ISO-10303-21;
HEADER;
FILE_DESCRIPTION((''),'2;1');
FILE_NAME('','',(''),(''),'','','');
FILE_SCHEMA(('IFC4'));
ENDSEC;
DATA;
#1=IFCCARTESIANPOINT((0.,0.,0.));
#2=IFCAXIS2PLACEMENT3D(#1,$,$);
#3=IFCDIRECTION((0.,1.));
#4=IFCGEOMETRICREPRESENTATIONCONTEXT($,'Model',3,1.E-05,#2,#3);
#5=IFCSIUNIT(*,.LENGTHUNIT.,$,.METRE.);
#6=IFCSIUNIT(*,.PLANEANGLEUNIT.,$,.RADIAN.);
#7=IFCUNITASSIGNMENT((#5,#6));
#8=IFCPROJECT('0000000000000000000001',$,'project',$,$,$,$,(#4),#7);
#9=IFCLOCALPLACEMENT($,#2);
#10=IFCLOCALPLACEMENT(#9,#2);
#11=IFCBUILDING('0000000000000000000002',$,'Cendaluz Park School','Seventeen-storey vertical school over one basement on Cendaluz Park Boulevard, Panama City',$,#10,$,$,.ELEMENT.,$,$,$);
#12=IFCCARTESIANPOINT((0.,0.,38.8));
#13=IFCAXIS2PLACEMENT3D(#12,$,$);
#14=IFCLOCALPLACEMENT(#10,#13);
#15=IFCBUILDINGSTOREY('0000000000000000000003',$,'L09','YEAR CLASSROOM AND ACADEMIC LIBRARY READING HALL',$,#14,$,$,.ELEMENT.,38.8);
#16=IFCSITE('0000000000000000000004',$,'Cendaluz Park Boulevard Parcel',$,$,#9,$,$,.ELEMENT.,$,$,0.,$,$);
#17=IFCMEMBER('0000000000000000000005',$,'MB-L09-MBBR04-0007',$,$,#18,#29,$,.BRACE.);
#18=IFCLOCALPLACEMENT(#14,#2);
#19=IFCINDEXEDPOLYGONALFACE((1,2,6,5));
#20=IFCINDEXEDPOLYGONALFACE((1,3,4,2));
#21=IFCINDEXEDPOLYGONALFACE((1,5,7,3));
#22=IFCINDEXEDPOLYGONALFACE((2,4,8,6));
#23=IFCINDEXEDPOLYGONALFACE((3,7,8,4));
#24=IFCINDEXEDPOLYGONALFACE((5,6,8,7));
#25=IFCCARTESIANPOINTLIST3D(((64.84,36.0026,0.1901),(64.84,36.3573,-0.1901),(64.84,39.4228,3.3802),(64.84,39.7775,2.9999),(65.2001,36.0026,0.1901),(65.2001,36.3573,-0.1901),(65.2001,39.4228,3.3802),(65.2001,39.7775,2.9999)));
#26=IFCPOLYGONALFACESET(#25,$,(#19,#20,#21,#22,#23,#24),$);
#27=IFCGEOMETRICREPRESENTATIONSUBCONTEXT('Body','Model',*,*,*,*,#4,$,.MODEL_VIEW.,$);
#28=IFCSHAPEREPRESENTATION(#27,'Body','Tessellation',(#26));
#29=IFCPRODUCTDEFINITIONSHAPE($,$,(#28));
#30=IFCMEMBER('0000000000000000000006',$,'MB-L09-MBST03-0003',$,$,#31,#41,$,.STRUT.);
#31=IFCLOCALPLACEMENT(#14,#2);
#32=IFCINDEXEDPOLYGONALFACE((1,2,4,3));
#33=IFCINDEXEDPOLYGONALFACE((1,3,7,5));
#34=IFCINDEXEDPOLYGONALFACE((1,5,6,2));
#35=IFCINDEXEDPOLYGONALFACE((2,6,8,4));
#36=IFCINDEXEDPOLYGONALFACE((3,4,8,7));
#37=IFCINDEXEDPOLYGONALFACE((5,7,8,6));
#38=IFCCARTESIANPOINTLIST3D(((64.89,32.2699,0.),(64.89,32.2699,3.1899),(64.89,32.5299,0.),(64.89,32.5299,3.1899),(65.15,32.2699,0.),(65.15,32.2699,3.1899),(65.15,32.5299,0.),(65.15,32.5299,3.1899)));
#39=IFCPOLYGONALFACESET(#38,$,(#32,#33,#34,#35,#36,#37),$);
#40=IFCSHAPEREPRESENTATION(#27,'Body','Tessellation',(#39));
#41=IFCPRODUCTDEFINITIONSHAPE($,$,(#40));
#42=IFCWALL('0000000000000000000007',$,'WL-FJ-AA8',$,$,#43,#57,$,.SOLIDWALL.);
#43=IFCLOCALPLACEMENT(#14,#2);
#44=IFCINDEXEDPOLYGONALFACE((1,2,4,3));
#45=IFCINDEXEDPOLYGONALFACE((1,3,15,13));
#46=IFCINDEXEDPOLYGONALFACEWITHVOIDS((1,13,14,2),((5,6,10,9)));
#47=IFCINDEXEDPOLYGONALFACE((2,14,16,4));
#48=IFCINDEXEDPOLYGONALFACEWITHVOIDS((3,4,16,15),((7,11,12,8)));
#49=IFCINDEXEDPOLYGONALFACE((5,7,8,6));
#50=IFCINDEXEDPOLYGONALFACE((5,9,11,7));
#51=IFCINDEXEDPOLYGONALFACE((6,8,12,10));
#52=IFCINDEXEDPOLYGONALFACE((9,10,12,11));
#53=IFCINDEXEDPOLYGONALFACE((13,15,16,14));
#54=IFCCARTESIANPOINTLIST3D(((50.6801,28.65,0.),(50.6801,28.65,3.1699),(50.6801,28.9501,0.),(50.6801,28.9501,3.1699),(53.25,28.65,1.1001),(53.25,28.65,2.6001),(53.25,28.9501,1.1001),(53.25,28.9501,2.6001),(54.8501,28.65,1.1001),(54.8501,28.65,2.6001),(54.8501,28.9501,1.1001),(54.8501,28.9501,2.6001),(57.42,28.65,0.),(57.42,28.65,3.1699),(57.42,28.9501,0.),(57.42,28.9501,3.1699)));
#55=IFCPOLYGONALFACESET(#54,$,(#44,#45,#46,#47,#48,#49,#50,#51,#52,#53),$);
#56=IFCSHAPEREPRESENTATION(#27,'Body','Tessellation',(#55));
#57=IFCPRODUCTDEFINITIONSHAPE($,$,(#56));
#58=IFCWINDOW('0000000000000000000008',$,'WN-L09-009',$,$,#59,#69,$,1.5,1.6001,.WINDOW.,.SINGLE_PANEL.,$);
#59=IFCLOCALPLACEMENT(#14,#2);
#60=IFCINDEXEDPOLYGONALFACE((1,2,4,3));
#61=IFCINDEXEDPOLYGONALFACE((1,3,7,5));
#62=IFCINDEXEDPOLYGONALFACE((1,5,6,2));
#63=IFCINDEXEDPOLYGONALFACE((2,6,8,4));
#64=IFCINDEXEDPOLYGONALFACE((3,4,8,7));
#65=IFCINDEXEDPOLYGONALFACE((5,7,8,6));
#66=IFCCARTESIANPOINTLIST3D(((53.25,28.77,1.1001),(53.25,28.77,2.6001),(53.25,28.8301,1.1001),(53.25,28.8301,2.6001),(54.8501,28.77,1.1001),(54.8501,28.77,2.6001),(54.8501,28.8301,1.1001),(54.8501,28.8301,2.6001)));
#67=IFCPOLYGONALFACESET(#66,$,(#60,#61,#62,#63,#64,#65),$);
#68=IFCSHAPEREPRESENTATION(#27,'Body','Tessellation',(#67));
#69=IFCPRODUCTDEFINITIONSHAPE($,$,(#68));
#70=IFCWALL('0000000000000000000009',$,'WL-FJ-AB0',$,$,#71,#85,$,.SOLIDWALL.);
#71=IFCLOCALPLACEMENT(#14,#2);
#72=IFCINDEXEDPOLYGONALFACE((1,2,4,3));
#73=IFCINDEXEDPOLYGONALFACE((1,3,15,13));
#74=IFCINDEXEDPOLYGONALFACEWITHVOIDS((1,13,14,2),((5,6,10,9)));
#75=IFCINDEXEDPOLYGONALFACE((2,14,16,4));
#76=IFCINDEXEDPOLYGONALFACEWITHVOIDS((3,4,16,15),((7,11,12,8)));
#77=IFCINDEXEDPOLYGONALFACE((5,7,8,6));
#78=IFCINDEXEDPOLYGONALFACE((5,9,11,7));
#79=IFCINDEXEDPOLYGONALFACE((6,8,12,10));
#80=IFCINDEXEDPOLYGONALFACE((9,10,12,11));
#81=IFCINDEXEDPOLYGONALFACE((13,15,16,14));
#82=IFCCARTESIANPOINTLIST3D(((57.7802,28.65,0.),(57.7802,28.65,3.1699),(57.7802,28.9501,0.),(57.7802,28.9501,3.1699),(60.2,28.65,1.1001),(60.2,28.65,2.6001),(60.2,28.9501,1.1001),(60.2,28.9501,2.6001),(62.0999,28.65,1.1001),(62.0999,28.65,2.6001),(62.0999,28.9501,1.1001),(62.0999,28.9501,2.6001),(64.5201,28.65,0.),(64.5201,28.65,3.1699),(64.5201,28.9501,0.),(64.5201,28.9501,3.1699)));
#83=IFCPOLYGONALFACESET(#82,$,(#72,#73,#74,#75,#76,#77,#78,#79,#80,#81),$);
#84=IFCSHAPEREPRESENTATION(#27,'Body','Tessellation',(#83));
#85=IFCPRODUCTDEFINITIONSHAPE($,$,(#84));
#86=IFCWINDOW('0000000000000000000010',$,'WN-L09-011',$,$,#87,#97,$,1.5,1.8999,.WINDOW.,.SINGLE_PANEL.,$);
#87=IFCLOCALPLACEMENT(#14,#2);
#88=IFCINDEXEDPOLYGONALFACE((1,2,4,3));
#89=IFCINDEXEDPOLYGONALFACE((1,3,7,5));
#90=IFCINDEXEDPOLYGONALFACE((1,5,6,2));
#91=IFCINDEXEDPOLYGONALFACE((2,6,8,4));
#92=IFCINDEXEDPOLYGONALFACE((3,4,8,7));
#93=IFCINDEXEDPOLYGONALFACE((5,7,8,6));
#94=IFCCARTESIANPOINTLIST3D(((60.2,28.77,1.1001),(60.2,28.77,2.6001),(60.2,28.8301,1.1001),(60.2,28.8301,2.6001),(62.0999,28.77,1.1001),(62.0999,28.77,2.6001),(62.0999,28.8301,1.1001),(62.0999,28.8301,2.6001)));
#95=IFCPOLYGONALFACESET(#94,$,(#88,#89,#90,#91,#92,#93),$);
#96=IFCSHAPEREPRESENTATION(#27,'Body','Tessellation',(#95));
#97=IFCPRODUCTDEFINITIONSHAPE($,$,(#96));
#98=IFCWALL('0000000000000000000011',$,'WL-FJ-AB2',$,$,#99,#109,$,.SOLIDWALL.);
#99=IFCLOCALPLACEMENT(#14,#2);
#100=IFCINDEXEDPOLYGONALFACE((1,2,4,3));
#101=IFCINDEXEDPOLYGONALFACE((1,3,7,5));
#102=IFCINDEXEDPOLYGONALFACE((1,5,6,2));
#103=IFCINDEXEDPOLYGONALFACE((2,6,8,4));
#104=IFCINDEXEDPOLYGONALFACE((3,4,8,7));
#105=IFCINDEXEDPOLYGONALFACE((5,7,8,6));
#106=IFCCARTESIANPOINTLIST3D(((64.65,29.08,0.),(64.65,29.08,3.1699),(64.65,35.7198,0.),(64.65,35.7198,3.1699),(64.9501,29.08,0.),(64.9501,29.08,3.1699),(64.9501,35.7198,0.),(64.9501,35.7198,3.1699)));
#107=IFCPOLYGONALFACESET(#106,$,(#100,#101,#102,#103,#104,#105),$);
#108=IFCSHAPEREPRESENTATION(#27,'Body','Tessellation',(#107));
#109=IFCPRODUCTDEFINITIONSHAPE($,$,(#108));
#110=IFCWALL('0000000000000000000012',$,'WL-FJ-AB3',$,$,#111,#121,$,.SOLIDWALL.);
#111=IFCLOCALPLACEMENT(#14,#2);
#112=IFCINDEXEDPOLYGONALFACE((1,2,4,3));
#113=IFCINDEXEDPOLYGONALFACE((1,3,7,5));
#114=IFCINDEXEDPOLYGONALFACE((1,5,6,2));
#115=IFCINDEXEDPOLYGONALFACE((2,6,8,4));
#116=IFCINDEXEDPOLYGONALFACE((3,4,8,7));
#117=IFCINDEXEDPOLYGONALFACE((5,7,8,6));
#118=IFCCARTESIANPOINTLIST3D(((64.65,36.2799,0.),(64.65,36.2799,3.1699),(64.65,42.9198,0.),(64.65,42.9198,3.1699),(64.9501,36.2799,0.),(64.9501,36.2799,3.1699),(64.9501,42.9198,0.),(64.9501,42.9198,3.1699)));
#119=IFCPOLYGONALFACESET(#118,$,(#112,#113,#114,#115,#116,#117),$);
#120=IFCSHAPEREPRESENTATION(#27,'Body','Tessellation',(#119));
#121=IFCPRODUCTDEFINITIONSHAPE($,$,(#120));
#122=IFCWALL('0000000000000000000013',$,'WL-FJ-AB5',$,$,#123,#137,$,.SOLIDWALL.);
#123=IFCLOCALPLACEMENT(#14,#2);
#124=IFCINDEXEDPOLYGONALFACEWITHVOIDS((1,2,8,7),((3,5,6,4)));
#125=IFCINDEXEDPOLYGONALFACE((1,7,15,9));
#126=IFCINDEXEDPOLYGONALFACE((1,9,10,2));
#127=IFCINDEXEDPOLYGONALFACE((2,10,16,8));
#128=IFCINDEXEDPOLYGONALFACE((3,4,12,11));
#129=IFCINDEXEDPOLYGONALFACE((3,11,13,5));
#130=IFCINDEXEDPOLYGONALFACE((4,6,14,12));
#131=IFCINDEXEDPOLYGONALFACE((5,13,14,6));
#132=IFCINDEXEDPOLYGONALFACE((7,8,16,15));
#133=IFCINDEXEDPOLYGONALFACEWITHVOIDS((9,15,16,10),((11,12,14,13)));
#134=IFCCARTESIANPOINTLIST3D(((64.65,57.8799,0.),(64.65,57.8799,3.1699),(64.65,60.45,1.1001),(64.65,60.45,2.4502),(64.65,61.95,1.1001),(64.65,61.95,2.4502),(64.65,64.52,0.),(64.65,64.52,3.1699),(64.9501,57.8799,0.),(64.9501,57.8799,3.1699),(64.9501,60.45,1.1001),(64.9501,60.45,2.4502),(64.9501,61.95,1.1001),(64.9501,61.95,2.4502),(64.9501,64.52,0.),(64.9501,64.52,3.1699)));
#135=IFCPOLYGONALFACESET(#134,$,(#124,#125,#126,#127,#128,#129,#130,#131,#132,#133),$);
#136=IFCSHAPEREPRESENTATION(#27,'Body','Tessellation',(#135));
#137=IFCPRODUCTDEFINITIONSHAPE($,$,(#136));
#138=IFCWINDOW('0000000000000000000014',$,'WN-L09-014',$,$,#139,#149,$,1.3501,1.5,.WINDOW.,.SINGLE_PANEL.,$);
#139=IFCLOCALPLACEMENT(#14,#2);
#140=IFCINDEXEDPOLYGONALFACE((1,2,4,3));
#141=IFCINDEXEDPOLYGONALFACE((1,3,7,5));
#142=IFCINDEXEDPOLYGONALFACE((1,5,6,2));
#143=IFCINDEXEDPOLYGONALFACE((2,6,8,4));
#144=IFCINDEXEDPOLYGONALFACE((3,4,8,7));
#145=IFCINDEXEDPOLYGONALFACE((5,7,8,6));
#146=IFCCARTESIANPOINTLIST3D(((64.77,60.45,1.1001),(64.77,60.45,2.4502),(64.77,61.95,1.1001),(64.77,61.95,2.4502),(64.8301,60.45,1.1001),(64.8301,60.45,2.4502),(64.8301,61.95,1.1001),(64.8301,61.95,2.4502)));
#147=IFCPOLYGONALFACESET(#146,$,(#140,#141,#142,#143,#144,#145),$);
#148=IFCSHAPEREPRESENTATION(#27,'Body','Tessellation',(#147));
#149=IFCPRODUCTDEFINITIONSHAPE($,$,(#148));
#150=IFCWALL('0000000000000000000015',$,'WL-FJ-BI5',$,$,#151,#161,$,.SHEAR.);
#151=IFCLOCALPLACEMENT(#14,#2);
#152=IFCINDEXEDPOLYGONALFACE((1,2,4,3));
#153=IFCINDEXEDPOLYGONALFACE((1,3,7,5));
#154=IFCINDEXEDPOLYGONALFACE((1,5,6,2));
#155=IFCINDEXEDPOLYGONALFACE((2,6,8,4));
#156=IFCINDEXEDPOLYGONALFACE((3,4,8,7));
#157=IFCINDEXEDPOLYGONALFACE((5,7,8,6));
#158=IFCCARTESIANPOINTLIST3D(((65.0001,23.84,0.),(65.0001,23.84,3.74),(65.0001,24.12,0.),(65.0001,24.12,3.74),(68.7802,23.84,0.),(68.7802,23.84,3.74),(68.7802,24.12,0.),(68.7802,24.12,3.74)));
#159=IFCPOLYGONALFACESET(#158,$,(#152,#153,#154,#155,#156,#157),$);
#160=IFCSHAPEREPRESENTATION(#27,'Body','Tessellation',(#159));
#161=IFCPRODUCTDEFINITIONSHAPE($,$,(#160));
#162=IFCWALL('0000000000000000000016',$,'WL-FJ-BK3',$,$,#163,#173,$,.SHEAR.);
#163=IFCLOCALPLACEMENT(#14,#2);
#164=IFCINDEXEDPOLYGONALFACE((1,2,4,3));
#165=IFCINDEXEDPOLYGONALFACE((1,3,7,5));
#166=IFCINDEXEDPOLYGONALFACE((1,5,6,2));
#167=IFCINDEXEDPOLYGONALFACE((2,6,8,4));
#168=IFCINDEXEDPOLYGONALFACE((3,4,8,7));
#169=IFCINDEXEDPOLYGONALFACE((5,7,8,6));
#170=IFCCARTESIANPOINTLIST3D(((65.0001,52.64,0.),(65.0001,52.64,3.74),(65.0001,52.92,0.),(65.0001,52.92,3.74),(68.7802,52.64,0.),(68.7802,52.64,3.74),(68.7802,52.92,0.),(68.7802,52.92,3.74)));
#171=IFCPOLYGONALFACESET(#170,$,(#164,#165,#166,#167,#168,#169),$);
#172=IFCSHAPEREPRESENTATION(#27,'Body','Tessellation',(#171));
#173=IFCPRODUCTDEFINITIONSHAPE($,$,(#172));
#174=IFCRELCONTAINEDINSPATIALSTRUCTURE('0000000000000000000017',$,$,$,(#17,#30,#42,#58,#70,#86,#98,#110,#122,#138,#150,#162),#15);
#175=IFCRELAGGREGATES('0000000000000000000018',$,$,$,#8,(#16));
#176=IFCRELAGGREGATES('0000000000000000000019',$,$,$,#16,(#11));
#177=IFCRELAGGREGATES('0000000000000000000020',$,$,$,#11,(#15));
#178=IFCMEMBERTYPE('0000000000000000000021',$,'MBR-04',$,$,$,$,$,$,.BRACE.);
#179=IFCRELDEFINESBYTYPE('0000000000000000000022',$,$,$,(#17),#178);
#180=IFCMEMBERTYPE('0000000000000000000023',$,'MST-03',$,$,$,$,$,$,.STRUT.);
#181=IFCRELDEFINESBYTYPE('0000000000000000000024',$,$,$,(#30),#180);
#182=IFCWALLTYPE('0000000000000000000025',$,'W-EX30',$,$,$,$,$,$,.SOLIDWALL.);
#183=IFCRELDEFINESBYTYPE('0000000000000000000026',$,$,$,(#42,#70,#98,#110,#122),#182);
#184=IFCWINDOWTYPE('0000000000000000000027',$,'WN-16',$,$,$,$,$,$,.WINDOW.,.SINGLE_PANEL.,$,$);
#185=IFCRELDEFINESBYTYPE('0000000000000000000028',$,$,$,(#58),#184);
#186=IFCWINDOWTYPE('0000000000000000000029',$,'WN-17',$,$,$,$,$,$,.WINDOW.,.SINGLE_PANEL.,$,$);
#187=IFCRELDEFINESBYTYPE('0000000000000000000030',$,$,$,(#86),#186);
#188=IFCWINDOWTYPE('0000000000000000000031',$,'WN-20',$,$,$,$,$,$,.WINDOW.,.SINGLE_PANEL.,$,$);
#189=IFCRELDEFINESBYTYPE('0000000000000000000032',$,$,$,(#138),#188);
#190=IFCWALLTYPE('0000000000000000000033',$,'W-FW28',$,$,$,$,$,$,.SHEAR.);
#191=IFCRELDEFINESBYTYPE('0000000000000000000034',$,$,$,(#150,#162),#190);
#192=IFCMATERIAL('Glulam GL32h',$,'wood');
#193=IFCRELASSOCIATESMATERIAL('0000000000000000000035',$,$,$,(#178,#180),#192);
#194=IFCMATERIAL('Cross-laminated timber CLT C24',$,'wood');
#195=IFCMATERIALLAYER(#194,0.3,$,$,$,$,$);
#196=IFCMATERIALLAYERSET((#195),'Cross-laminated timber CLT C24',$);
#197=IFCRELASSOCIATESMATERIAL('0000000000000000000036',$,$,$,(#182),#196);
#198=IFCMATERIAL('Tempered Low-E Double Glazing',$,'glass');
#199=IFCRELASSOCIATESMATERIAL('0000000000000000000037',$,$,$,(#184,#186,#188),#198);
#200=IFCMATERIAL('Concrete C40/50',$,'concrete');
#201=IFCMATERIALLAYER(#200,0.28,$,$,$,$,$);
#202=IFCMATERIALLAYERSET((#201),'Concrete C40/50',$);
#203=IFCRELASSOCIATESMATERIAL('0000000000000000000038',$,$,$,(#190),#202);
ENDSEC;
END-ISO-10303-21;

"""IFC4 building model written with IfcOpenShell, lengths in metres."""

from ifc_helpers import new_model, si_unit, direction, frame, frame_2d, origin, origin_2d, place, context, subcontext, project, spatial, rectangle, extrude, material, layer, layer_set, material_profile, profile_set, type_object, element, fill, save


model = new_model("IFC4")

# Units and contexts
model_context = context("Model", 3, precision=1e-05, world=origin(), true_north=direction((0.0, 1.0)))
body_context = subcontext(model_context, "Body", "Model", "MODEL_VIEW")
ifc_project = project(units=[si_unit("LENGTHUNIT", "METRE"), si_unit("PLANEANGLEUNIT", "RADIAN")], contexts=[model_context])

# Site, building, storey
site_placement = place(None, origin())
site = spatial("IfcSite", under=ifc_project, at=site_placement, Name="Cendaluz Park Boulevard Parcel", CompositionType="ELEMENT", RefElevation=0.0)
building_placement = place(site_placement, origin())
building = spatial("IfcBuilding", under=site, at=building_placement, Name="Cendaluz Park School", Description="Seventeen-storey vertical school over one basement on Cendaluz Park Boulevard, Panama City", CompositionType="ELEMENT")
storey_placement = place(building_placement, frame((0.0, 0.0, 38.8)))
storey = spatial("IfcBuildingStorey", under=building, at=storey_placement, Name="L09", Description="YEAR CLASSROOM AND ACADEMIC LIBRARY READING HALL", CompositionType="ELEMENT", Elevation=38.8)

# Shared definitions
ifc_material_1 = material(Name="Glulam GL32h", Category="wood")

# Members
ifc_material_profile_1 = material_profile(ifc_material_1, rectangle(XDim=0.3601, YDim=0.52, at=origin_2d()), Name="GL32h 360x520", Category="wood")
ifc_profile_set_1 = profile_set([ifc_material_profile_1], Name="Glulam GL32h")
member_type_1 = type_object("IfcMemberType", Name="MBR-04", PredefinedType="BRACE", material=ifc_profile_set_1)
member_1_placement = place(storey_placement, frame((65.02, 36.1799, 0.0), z_axis=(0.0, 0.731291, 0.682065), x_axis=(-1.0, 0.0, 0.0)))
element("IfcMember", 1, at=member_1_placement, inside=storey, type_object=member_type_1, Name="MB-L09-MBBR04-0007", PredefinedType="BRACE", context=body_context, shape_type="SweptSolid", body=[
    extrude(rectangle(XDim=0.3601, YDim=0.52, at=origin_2d()), origin(), (0.0, 0.0, 1.0), 4.677),
])
ifc_material_profile_2 = material_profile(ifc_material_1, rectangle(XDim=0.26, YDim=0.26, at=origin_2d()), Name="GL32h 260x260", Category="wood")
ifc_profile_set_2 = profile_set([ifc_material_profile_2], Name="Glulam GL32h")
member_type_2 = type_object("IfcMemberType", Name="MST-03", PredefinedType="STRUT", material=ifc_profile_set_2)
member_2_placement = place(storey_placement, frame((65.02, 32.3999, 0.0), z_axis=(0.0, 0.0, 1.0), x_axis=(1.0, 0.0, 0.0)))
element("IfcMember", 2, at=member_2_placement, inside=storey, type_object=member_type_2, Name="MB-L09-MBST03-0003", PredefinedType="STRUT", context=body_context, shape_type="SweptSolid", body=[
    extrude(rectangle(XDim=0.26, YDim=0.26, at=origin_2d()), origin(), (0.0, 0.0, 1.0), 3.1899),
])

# Walls, openings, windows
ifc_material_2 = material(Name="Cross-laminated timber CLT C24", Category="wood")
ifc_layer_1 = layer(ifc_material_2, 0.3)
ifc_layer_set_1 = layer_set([ifc_layer_1], Name="Cross-laminated timber CLT C24")
wall_type_1 = type_object("IfcWallType", Name="W-EX30", PredefinedType="SOLIDWALL", material=ifc_layer_set_1)
wall_1_placement = place(storey_placement, frame((50.6799, 28.8, 0.0), z_axis=(0.0, 0.0, 1.0), x_axis=(1.0, 0.0, 0.0)))
wall_1 = element("IfcWall", 3, at=wall_1_placement, inside=storey, type_object=wall_type_1, Name="WL-FJ-AA8", PredefinedType="SOLIDWALL", context=body_context, shape_type="SweptSolid", body=[
    extrude(rectangle(XDim=6.74, YDim=0.3, at=frame_2d((3.3701, 0.0))), origin(), (0.0, 0.0, 1.0), 3.1699),
])
opening_1_placement = place(wall_1_placement, frame((2.5701, 0.0, 1.1001)))
opening_1 = element("IfcOpeningElement", 4, at=opening_1_placement, cuts=wall_1, PredefinedType="OPENING", context=body_context, shape_type="SweptSolid", body=[
    extrude(rectangle(XDim=1.6001, YDim=1.5, at=frame_2d((0.8, 0.75))), frame((0.0, 0.1621, 0.0), z_axis=(0.0, -1.0, 0.0), x_axis=(1.0, 0.0, 0.0)), (0.0, 0.0, 1.0), 0.324),
])
ifc_material_3 = material(Name="Tempered Low-E Double Glazing", Category="glass")
window_type_1 = type_object("IfcWindowType", Name="WN-16", PartitioningType="SINGLE_PANEL", PredefinedType="WINDOW", material=ifc_material_3)
window_1_placement = place(opening_1_placement, origin())
window_1 = element("IfcWindow", 5, at=window_1_placement, inside=storey, type_object=window_type_1, Name="WN-L09-009", OverallHeight=1.5, OverallWidth=1.6001, PartitioningType="SINGLE_PANEL", PredefinedType="WINDOW", context=body_context, shape_type="SweptSolid", body=[
    extrude(rectangle(XDim=1.6001, YDim=1.5, at=frame_2d((0.8, 0.75))), frame((0.0, 0.03, 0.0), z_axis=(0.0, -1.0, 0.0), x_axis=(1.0, 0.0, 0.0)), (0.0, 0.0, 1.0), 0.0601),
])
fill(opening_1, window_1)
wall_2_placement = place(storey_placement, frame((57.78, 28.8, 0.0), z_axis=(0.0, 0.0, 1.0), x_axis=(1.0, 0.0, 0.0)))
wall_2 = element("IfcWall", 6, at=wall_2_placement, inside=storey, type_object=wall_type_1, Name="WL-FJ-AB0", PredefinedType="SOLIDWALL", context=body_context, shape_type="SweptSolid", body=[
    extrude(rectangle(XDim=6.74, YDim=0.3, at=frame_2d((3.3701, 0.0))), origin(), (0.0, 0.0, 1.0), 3.1699),
])
opening_2_placement = place(wall_2_placement, frame((2.4199, 0.0, 1.1001)))
opening_2 = element("IfcOpeningElement", 7, at=opening_2_placement, cuts=wall_2, PredefinedType="OPENING", context=body_context, shape_type="SweptSolid", body=[
    extrude(rectangle(XDim=1.8999, YDim=1.5, at=frame_2d((0.95, 0.75))), frame((0.0, 0.1621, 0.0), z_axis=(0.0, -1.0, 0.0), x_axis=(1.0, 0.0, 0.0)), (0.0, 0.0, 1.0), 0.324),
])
window_type_2 = type_object("IfcWindowType", Name="WN-17", PartitioningType="SINGLE_PANEL", PredefinedType="WINDOW", material=ifc_material_3)
window_2_placement = place(opening_2_placement, origin())
window_2 = element("IfcWindow", 8, at=window_2_placement, inside=storey, type_object=window_type_2, Name="WN-L09-011", OverallHeight=1.5, OverallWidth=1.8999, PartitioningType="SINGLE_PANEL", PredefinedType="WINDOW", context=body_context, shape_type="SweptSolid", body=[
    extrude(rectangle(XDim=1.8999, YDim=1.5, at=frame_2d((0.95, 0.75))), frame((0.0, 0.03, 0.0), z_axis=(0.0, -1.0, 0.0), x_axis=(1.0, 0.0, 0.0)), (0.0, 0.0, 1.0), 0.0601),
])
fill(opening_2, window_2)

# Walls
for number, where, z_axis, x_axis, name in (
    (9, (64.8, 29.0801, 0.0), (0.0, 0.0, 1.0), (0.0, 1.0, 0.0), "WL-FJ-AB2"),
    (10, (64.8, 36.28, 0.0), (0.0, 0.0, 1.0), (0.0, 1.0, 0.0), "WL-FJ-AB3"),
):
    element("IfcWall", number, at=place(storey_placement, frame(where, z_axis=z_axis, x_axis=x_axis)), inside=storey, type_object=wall_type_1, Name=name, PredefinedType="SOLIDWALL", context=body_context, shape_type="SweptSolid", body=[
        extrude(rectangle(XDim=6.6399, YDim=0.3, at=frame_2d((3.3198, 0.0))), origin(), (0.0, 0.0, 1.0), 3.1699),
    ])

# Wall, opening, window
wall_3_placement = place(storey_placement, frame((64.8, 57.8799, 0.0), z_axis=(0.0, 0.0, 1.0), x_axis=(0.0, 1.0, 0.0)))
wall_3 = element("IfcWall", 11, at=wall_3_placement, inside=storey, type_object=wall_type_1, Name="WL-FJ-AB5", PredefinedType="SOLIDWALL", context=body_context, shape_type="SweptSolid", body=[
    extrude(rectangle(XDim=6.6401, YDim=0.3, at=frame_2d((3.3201, 0.0))), origin(), (0.0, 0.0, 1.0), 3.1699),
])
opening_3_placement = place(wall_3_placement, frame((2.5701, 0.0, 1.1001)))
opening_3 = element("IfcOpeningElement", 12, at=opening_3_placement, cuts=wall_3, PredefinedType="OPENING", context=body_context, shape_type="SweptSolid", body=[
    extrude(rectangle(XDim=1.5, YDim=1.3501, at=frame_2d((0.75, 0.675))), frame((0.0, 0.1621, 0.0), z_axis=(0.0, -1.0, 0.0), x_axis=(1.0, 0.0, 0.0)), (0.0, 0.0, 1.0), 0.324),
])
window_type_3 = type_object("IfcWindowType", Name="WN-20", PartitioningType="SINGLE_PANEL", PredefinedType="WINDOW", material=ifc_material_3)
window_3_placement = place(opening_3_placement, origin())
window_3 = element("IfcWindow", 13, at=window_3_placement, inside=storey, type_object=window_type_3, Name="WN-L09-014", OverallHeight=1.3501, OverallWidth=1.5, PartitioningType="SINGLE_PANEL", PredefinedType="WINDOW", context=body_context, shape_type="SweptSolid", body=[
    extrude(rectangle(XDim=1.5, YDim=1.3501, at=frame_2d((0.75, 0.675))), frame((0.0, 0.03, 0.0), z_axis=(0.0, -1.0, 0.0), x_axis=(1.0, 0.0, 0.0)), (0.0, 0.0, 1.0), 0.0601),
])
fill(opening_3, window_3)

# Walls
ifc_material_4 = material(Name="Concrete C40/50", Category="concrete")
ifc_layer_2 = layer(ifc_material_4, 0.28)
ifc_layer_set_2 = layer_set([ifc_layer_2], Name="Concrete C40/50")
wall_type_2 = type_object("IfcWallType", Name="W-FW28", PredefinedType="SHEAR", material=ifc_layer_set_2)
for number, where, z_axis, x_axis, name in (
    (14, (65.0, 23.98, 0.0), (0.0, 0.0, 1.0), (1.0, 0.0, 0.0), "WL-FJ-BI5"),
    (15, (65.0, 52.78, 0.0), (0.0, 0.0, 1.0), (1.0, 0.0, 0.0), "WL-FJ-BK3"),
):
    element("IfcWall", number, at=place(storey_placement, frame(where, z_axis=z_axis, x_axis=x_axis)), inside=storey, type_object=wall_type_2, Name=name, PredefinedType="SHEAR", context=body_context, shape_type="SweptSolid", body=[
        extrude(rectangle(XDim=3.78, YDim=0.28, at=frame_2d((1.8901, 0.0))), origin(), (0.0, 0.0, 1.0), 3.74),
    ])

save(model, "model.ifc")
